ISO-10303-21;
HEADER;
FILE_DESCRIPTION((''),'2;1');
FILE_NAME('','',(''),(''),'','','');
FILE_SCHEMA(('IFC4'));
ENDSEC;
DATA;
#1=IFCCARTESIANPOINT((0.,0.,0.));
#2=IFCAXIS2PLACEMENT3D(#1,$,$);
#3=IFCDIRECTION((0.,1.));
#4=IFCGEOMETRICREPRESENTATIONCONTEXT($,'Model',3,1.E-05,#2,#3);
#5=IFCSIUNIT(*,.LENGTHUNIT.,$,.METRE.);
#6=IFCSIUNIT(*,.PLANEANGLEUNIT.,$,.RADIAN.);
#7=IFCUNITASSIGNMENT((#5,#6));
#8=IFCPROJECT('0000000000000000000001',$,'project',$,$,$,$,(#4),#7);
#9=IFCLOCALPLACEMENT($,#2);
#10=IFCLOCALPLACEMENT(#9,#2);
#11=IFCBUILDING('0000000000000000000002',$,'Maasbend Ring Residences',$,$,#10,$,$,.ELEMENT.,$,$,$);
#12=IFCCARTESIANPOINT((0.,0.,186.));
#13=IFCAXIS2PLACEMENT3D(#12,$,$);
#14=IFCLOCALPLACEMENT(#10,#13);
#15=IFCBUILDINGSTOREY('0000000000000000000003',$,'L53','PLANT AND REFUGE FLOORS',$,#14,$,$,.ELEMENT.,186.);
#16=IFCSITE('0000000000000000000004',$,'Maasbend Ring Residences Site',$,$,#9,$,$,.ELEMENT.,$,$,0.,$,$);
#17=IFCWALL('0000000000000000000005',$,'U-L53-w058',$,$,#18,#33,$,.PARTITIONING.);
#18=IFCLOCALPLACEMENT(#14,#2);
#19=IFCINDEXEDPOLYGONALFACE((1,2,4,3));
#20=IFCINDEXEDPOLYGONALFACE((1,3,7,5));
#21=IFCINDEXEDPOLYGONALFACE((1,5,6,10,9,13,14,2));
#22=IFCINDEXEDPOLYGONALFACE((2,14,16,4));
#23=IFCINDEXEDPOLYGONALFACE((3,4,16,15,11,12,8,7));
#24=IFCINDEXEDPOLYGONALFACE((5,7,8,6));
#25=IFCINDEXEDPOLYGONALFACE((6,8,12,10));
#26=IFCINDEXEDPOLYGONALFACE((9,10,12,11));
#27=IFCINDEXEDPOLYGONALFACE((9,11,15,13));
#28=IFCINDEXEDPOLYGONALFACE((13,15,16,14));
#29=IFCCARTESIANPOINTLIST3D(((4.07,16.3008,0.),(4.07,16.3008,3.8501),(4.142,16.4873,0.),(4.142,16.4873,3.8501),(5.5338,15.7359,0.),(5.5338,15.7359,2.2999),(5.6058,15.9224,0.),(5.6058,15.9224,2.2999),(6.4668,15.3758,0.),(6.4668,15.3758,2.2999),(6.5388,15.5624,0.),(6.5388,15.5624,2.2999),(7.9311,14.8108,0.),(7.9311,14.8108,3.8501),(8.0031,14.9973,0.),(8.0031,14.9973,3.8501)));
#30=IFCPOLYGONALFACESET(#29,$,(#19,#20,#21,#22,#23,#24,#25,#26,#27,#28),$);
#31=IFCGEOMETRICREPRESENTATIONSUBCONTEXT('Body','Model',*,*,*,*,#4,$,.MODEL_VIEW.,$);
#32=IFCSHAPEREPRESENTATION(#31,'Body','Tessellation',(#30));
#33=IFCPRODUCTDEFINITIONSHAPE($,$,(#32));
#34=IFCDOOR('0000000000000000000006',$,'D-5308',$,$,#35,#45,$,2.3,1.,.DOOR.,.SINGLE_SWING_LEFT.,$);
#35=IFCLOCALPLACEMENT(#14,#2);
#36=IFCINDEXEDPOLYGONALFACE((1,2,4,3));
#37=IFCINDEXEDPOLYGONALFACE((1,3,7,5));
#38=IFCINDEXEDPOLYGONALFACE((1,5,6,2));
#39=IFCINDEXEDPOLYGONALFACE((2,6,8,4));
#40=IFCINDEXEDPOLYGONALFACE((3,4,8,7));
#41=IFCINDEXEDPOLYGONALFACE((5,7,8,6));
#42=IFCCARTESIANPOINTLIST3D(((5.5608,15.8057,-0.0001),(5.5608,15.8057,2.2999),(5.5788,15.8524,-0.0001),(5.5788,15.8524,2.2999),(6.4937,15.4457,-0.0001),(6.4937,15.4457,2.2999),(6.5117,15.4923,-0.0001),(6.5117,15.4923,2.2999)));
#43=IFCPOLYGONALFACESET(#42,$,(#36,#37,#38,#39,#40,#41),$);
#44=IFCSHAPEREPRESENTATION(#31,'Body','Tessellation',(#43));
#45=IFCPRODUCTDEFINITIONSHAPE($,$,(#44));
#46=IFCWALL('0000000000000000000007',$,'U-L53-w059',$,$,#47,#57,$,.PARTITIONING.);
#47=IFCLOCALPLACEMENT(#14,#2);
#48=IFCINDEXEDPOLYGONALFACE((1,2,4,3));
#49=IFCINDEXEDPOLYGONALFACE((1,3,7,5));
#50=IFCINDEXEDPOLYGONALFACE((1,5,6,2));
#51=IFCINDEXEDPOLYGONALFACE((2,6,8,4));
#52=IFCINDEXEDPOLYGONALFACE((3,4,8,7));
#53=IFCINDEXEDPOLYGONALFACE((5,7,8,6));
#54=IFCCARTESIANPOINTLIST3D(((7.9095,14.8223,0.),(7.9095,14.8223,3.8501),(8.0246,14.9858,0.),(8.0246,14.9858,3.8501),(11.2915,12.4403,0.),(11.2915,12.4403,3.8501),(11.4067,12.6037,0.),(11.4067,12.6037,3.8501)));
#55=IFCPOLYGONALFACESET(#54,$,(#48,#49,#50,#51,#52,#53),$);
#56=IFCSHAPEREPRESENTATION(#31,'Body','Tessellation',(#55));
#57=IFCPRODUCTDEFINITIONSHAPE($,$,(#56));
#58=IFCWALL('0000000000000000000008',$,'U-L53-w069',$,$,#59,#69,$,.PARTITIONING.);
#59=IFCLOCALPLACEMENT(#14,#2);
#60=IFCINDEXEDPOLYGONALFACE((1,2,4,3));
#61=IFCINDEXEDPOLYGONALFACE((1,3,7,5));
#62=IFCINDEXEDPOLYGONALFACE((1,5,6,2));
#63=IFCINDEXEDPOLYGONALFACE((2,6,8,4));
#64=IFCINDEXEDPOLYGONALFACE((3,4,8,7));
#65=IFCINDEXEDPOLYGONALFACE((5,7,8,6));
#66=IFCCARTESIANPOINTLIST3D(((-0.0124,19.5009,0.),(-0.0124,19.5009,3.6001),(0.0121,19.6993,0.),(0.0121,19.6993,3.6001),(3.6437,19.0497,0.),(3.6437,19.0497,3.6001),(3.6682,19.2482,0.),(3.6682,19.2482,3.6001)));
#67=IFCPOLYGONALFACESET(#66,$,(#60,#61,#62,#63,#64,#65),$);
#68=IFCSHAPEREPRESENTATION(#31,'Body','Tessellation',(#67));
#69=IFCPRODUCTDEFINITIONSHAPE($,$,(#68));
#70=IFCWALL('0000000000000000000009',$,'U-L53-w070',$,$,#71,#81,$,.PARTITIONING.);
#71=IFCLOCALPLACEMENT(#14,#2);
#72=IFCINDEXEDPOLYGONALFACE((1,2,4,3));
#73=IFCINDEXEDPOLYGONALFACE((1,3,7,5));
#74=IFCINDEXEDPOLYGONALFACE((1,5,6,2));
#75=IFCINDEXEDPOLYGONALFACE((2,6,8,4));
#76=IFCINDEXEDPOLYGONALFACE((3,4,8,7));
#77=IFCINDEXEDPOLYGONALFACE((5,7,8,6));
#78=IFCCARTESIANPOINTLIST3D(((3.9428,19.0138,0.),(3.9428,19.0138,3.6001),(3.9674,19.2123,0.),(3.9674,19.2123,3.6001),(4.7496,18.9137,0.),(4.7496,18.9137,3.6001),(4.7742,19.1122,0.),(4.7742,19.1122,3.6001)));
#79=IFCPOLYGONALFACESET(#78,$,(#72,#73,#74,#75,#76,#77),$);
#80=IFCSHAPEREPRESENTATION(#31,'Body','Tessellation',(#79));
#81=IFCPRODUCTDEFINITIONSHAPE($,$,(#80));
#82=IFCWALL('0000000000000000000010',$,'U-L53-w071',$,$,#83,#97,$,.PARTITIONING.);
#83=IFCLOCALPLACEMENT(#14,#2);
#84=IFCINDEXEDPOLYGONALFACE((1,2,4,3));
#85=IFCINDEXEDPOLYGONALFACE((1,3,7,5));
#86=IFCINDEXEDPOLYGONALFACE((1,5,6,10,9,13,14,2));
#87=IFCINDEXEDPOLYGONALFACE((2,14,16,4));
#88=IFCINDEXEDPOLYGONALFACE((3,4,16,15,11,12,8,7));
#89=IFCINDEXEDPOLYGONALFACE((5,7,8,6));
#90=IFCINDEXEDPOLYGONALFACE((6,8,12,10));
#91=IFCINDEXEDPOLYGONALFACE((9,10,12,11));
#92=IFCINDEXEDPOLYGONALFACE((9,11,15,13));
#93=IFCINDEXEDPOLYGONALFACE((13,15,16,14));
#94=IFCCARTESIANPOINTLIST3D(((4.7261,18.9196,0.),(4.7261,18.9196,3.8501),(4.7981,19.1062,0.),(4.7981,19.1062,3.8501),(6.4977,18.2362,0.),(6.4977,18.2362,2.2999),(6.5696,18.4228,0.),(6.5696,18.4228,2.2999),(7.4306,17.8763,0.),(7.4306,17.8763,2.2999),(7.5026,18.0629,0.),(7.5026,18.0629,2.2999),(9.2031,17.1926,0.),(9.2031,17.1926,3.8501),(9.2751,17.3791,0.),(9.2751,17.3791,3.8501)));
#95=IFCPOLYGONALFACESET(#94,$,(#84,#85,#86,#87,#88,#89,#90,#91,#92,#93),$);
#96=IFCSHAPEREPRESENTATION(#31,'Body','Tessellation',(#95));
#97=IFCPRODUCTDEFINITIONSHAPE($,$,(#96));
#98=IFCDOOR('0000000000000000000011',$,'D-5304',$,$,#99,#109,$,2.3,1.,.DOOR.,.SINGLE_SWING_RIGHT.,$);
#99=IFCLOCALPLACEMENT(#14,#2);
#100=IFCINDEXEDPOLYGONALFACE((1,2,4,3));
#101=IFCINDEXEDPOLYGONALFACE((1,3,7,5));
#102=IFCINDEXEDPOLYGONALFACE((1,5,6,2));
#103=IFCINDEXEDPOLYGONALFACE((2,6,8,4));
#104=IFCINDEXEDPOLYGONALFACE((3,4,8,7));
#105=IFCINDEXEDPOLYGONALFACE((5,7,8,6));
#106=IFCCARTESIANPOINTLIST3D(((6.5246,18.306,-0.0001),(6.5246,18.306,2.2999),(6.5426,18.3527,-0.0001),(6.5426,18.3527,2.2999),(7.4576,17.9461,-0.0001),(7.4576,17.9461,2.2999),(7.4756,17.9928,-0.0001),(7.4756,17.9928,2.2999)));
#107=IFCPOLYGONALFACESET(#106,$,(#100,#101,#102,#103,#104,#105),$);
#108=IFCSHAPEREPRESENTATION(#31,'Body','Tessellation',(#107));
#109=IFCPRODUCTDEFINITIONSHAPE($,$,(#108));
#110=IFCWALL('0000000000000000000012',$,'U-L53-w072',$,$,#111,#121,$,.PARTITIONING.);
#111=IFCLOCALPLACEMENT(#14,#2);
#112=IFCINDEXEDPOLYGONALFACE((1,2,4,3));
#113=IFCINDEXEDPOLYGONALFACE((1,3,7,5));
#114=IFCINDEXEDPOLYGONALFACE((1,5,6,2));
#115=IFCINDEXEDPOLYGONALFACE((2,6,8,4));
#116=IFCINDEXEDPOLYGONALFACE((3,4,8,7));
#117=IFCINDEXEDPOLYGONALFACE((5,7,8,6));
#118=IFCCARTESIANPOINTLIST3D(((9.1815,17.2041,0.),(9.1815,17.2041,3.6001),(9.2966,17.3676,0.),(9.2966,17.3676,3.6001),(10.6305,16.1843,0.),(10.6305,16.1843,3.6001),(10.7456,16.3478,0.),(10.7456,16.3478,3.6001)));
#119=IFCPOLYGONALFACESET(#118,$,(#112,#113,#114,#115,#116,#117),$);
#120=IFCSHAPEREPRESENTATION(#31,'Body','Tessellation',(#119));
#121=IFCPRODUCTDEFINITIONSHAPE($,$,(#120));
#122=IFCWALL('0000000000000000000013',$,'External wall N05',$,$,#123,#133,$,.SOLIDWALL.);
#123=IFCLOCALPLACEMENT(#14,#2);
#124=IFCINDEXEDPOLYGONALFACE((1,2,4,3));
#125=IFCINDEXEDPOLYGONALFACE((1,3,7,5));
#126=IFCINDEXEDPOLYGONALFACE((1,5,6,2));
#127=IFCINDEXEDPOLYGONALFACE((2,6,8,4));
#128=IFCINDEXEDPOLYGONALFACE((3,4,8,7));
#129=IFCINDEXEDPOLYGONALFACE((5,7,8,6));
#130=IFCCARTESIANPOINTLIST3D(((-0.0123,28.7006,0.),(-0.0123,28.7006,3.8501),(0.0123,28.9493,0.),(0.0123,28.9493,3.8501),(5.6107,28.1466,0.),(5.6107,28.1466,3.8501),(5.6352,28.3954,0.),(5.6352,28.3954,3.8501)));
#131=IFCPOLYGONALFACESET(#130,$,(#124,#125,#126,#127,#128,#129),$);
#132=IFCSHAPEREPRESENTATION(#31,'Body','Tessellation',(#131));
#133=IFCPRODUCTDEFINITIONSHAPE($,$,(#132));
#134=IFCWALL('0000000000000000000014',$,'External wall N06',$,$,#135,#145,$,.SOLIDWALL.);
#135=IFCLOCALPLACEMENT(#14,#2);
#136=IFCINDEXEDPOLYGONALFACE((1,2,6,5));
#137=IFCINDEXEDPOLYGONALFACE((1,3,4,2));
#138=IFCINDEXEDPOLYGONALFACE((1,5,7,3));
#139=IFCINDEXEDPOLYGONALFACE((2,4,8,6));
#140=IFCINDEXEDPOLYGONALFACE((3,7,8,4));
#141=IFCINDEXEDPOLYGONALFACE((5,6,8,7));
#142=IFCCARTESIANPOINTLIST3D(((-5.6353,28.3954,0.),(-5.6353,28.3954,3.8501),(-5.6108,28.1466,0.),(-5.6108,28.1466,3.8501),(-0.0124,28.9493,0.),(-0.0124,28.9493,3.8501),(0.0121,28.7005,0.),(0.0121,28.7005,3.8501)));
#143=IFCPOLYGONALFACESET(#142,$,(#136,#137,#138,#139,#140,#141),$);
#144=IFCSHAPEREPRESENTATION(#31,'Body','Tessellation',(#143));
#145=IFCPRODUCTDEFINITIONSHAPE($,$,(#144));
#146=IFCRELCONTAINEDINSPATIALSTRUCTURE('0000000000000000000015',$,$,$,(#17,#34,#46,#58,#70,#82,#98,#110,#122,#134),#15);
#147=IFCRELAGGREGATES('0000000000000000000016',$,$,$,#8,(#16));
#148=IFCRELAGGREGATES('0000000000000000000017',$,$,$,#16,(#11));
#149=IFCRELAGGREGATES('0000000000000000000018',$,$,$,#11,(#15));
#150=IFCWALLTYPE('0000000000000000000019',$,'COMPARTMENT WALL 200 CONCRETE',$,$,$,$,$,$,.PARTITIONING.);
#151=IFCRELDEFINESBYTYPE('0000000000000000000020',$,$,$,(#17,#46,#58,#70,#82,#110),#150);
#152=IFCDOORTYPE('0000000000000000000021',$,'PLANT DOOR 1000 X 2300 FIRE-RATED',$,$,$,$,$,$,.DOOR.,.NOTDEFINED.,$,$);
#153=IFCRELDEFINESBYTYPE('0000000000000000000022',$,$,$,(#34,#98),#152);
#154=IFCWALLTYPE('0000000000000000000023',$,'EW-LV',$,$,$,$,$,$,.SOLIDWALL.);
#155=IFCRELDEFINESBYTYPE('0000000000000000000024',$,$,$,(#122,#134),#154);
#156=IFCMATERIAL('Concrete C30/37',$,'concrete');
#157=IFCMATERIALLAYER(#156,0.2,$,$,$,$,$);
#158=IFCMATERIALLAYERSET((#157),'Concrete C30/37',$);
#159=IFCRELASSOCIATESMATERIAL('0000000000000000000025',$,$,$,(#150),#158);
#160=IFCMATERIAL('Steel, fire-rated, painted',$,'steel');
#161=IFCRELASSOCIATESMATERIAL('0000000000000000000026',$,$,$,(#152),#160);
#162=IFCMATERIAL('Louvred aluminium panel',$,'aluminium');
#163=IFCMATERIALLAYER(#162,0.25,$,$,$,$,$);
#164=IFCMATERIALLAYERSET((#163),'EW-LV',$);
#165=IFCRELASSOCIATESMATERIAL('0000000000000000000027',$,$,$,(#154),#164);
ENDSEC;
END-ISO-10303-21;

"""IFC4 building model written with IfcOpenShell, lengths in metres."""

from ifc_helpers import new_model, si_unit, direction, frame, frame_2d, origin, place, context, subcontext, project, spatial, rectangle, extrude, material, layer, layer_set, type_object, element, fill, save


model = new_model("IFC4")

# Units and contexts
model_context = context("Model", 3, precision=1e-05, world=origin(), true_north=direction((0.0, 1.0)))
body_context = subcontext(model_context, "Body", "Model", "MODEL_VIEW")
ifc_project = project(units=[si_unit("LENGTHUNIT", "METRE"), si_unit("PLANEANGLEUNIT", "RADIAN")], contexts=[model_context])

# Site, building, storey
site_placement = place(None, origin())
site = spatial("IfcSite", under=ifc_project, at=site_placement, Name="Maasbend Ring Residences Site", CompositionType="ELEMENT", RefElevation=0.0)
building_placement = place(site_placement, origin())
building = spatial("IfcBuilding", under=site, at=building_placement, Name="Maasbend Ring Residences", CompositionType="ELEMENT")
storey_placement = place(building_placement, frame((0.0, 0.0, 186.0)))
storey = spatial("IfcBuildingStorey", under=building, at=storey_placement, Name="L53", Description="PLANT AND REFUGE FLOORS", CompositionType="ELEMENT", Elevation=186.0)

# Shared definitions
ifc_material_1 = material(Name="Concrete C30/37", Category="concrete")
ifc_layer_1 = layer(ifc_material_1, 0.2)
ifc_layer_set_1 = layer_set([ifc_layer_1], Name="Concrete C30/37")
wall_type_1 = type_object("IfcWallType", Name="COMPARTMENT WALL 200 CONCRETE", PredefinedType="PARTITIONING", material=ifc_layer_set_1)

# Wall, opening, door
wall_1_placement = place(storey_placement, frame((4.106, 16.394, 0.0), z_axis=(0.0, 0.0, 1.0), x_axis=(0.932944, -0.360022, 0.0)))
wall_1 = element("IfcWall", 1, at=wall_1_placement, inside=storey, type_object=wall_type_1, Name="U-L53-w058", PredefinedType="PARTITIONING", context=body_context, shape_type="SweptSolid", body=[
    extrude(rectangle(XDim=4.1387, YDim=0.2, at=frame_2d((2.0693, 0.0))), origin(), (0.0, 0.0, 1.0), 3.8501),
])
opening_1_placement = place(wall_1_placement, frame((1.5691, 0.0, 0.0)))
opening_1 = element("IfcOpeningElement", 2, at=opening_1_placement, cuts=wall_1, PredefinedType="OPENING", context=body_context, shape_type="SweptSolid", body=[
    extrude(rectangle(XDim=1.0, YDim=2.3, at=frame_2d((0.5, 1.1499))), frame((0.0, 0.1099, 0.0), z_axis=(0.0, -1.0, 0.0), x_axis=(1.0, 0.0, 0.0)), (0.0, 0.0, 1.0), 0.22),
])
ifc_material_2 = material(Name="Steel, fire-rated, painted", Category="steel")
door_type = type_object("IfcDoorType", Name="PLANT DOOR 1000 X 2300 FIRE-RATED", OperationType="NOTDEFINED", PredefinedType="DOOR", material=ifc_material_2)
door_1_placement = place(opening_1_placement, origin())
door_1 = element("IfcDoor", 3, at=door_1_placement, inside=storey, type_object=door_type, Name="D-5308", OperationType="SINGLE_SWING_LEFT", OverallHeight=2.3, OverallWidth=1.0, PredefinedType="DOOR", context=body_context, shape_type="SweptSolid", body=[
    extrude(rectangle(XDim=1.0, YDim=2.3, at=frame_2d((0.5, 1.1499))), frame((0.0, 0.0249, 0.0), z_axis=(0.0, -1.0, 0.0), x_axis=(1.0, 0.0, 0.0)), (0.0, 0.0, 1.0), 0.05),
])
fill(opening_1, door_1)

# Walls
wall_2_placement = place(storey_placement, frame((7.967, 14.9041, 0.0), z_axis=(0.0, 0.0, 1.0), x_axis=(0.817568, -0.575833, 0.0)))
element("IfcWall", 4, at=wall_2_placement, inside=storey, type_object=wall_type_1, Name="U-L53-w059", PredefinedType="PARTITIONING", context=body_context, shape_type="SweptSolid", body=[
    extrude(rectangle(XDim=4.1367, YDim=0.2, at=frame_2d((2.0684, 0.0))), origin(), (0.0, 0.0, 1.0), 3.8501),
])
wall_3_placement = place(storey_placement, frame((0.0, 19.6001, 0.0), z_axis=(0.0, 0.0, 1.0), x_axis=(0.992471, -0.122477, 0.0)))
element("IfcWall", 5, at=wall_3_placement, inside=storey, type_object=wall_type_1, Name="U-L53-w069", PredefinedType="PARTITIONING", context=body_context, shape_type="SweptSolid", body=[
    extrude(rectangle(XDim=3.6838, YDim=0.2, at=frame_2d((1.8418, 0.0))), origin(), (0.0, 0.0, 1.0), 3.6001),
])
wall_4_placement = place(storey_placement, frame((3.9551, 19.113, 0.0), z_axis=(0.0, 0.0, 1.0), x_axis=(0.992393, -0.123111, 0.0)))
element("IfcWall", 6, at=wall_4_placement, inside=storey, type_object=wall_type_1, Name="U-L53-w070", PredefinedType="PARTITIONING", context=body_context, shape_type="SweptSolid", body=[
    extrude(rectangle(XDim=0.813, YDim=0.2, at=frame_2d((0.4065, 0.0))), origin(), (0.0, 0.0, 1.0), 3.6001),
])

# Wall, opening, door
wall_5_placement = place(storey_placement, frame((4.762, 19.0129, 0.0), z_axis=(0.0, 0.0, 1.0), x_axis=(0.932988, -0.359906, 0.0)))
wall_5 = element("IfcWall", 7, at=wall_5_placement, inside=storey, type_object=wall_type_1, Name="U-L53-w071", PredefinedType="PARTITIONING", context=body_context, shape_type="SweptSolid", body=[
    extrude(rectangle(XDim=4.7986, YDim=0.2, at=frame_2d((2.3994, 0.0))), origin(), (0.0, 0.0, 1.0), 3.8501),
])
opening_2_placement = place(wall_5_placement, frame((1.8989, 0.0, 0.0)))
opening_2 = element("IfcOpeningElement", 8, at=opening_2_placement, cuts=wall_5, PredefinedType="OPENING", context=body_context, shape_type="SweptSolid", body=[
    extrude(rectangle(XDim=1.0, YDim=2.3, at=frame_2d((0.5, 1.1499))), frame((0.0, 0.1099, 0.0), z_axis=(0.0, -1.0, 0.0), x_axis=(1.0, 0.0, 0.0)), (0.0, 0.0, 1.0), 0.22),
])
door_2_placement = place(opening_2_placement, origin())
door_2 = element("IfcDoor", 9, at=door_2_placement, inside=storey, type_object=door_type, Name="D-5304", OperationType="SINGLE_SWING_RIGHT", OverallHeight=2.3, OverallWidth=1.0, PredefinedType="DOOR", context=body_context, shape_type="SweptSolid", body=[
    extrude(rectangle(XDim=1.0, YDim=2.3, at=frame_2d((0.5, 1.1499))), frame((0.0, 0.0249, 0.0), z_axis=(0.0, -1.0, 0.0), x_axis=(1.0, 0.0, 0.0)), (0.0, 0.0, 1.0), 0.05),
])
fill(opening_2, door_2)

# Walls
wall_6_placement = place(storey_placement, frame((9.239, 17.2859, 0.0), z_axis=(0.0, 0.0, 1.0), x_axis=(0.817773, -0.575541, 0.0)))
element("IfcWall", 10, at=wall_6_placement, inside=storey, type_object=wall_type_1, Name="U-L53-w072", PredefinedType="PARTITIONING", context=body_context, shape_type="SweptSolid", body=[
    extrude(rectangle(XDim=1.772, YDim=0.2, at=frame_2d((0.886, 0.0))), origin(), (0.0, 0.0, 1.0), 3.6001),
])
ifc_material_3 = material(Name="Louvred aluminium panel", Category="aluminium")
ifc_layer_2 = layer(ifc_material_3, 0.25)
ifc_layer_set_2 = layer_set([ifc_layer_2], Name="EW-LV")
wall_type_2 = type_object("IfcWallType", Name="EW-LV", PredefinedType="SOLIDWALL", material=ifc_layer_set_2)
for number, where, z_axis, x_axis, name in (
    (11, (5.623, 28.271, 0.0), (0.0, 0.0, 1.0), (-0.995182, 0.098041, 0.0), "External wall N05"),
    (12, (0.0, 28.825, 0.0), (0.0, 0.0, 1.0), (-0.995182, -0.098041, 0.0), "External wall N06"),
):
    element("IfcWall", number, at=place(storey_placement, frame(where, z_axis=z_axis, x_axis=x_axis)), inside=storey, type_object=wall_type_2, Name=name, PredefinedType="SOLIDWALL", context=body_context, shape_type="SweptSolid", body=[
        extrude(rectangle(XDim=5.6501, YDim=0.25, at=frame_2d((2.8252, 0.0))), origin(), (0.0, 0.0, 1.0), 3.8501),
    ])

save(model, "model.ifc")
